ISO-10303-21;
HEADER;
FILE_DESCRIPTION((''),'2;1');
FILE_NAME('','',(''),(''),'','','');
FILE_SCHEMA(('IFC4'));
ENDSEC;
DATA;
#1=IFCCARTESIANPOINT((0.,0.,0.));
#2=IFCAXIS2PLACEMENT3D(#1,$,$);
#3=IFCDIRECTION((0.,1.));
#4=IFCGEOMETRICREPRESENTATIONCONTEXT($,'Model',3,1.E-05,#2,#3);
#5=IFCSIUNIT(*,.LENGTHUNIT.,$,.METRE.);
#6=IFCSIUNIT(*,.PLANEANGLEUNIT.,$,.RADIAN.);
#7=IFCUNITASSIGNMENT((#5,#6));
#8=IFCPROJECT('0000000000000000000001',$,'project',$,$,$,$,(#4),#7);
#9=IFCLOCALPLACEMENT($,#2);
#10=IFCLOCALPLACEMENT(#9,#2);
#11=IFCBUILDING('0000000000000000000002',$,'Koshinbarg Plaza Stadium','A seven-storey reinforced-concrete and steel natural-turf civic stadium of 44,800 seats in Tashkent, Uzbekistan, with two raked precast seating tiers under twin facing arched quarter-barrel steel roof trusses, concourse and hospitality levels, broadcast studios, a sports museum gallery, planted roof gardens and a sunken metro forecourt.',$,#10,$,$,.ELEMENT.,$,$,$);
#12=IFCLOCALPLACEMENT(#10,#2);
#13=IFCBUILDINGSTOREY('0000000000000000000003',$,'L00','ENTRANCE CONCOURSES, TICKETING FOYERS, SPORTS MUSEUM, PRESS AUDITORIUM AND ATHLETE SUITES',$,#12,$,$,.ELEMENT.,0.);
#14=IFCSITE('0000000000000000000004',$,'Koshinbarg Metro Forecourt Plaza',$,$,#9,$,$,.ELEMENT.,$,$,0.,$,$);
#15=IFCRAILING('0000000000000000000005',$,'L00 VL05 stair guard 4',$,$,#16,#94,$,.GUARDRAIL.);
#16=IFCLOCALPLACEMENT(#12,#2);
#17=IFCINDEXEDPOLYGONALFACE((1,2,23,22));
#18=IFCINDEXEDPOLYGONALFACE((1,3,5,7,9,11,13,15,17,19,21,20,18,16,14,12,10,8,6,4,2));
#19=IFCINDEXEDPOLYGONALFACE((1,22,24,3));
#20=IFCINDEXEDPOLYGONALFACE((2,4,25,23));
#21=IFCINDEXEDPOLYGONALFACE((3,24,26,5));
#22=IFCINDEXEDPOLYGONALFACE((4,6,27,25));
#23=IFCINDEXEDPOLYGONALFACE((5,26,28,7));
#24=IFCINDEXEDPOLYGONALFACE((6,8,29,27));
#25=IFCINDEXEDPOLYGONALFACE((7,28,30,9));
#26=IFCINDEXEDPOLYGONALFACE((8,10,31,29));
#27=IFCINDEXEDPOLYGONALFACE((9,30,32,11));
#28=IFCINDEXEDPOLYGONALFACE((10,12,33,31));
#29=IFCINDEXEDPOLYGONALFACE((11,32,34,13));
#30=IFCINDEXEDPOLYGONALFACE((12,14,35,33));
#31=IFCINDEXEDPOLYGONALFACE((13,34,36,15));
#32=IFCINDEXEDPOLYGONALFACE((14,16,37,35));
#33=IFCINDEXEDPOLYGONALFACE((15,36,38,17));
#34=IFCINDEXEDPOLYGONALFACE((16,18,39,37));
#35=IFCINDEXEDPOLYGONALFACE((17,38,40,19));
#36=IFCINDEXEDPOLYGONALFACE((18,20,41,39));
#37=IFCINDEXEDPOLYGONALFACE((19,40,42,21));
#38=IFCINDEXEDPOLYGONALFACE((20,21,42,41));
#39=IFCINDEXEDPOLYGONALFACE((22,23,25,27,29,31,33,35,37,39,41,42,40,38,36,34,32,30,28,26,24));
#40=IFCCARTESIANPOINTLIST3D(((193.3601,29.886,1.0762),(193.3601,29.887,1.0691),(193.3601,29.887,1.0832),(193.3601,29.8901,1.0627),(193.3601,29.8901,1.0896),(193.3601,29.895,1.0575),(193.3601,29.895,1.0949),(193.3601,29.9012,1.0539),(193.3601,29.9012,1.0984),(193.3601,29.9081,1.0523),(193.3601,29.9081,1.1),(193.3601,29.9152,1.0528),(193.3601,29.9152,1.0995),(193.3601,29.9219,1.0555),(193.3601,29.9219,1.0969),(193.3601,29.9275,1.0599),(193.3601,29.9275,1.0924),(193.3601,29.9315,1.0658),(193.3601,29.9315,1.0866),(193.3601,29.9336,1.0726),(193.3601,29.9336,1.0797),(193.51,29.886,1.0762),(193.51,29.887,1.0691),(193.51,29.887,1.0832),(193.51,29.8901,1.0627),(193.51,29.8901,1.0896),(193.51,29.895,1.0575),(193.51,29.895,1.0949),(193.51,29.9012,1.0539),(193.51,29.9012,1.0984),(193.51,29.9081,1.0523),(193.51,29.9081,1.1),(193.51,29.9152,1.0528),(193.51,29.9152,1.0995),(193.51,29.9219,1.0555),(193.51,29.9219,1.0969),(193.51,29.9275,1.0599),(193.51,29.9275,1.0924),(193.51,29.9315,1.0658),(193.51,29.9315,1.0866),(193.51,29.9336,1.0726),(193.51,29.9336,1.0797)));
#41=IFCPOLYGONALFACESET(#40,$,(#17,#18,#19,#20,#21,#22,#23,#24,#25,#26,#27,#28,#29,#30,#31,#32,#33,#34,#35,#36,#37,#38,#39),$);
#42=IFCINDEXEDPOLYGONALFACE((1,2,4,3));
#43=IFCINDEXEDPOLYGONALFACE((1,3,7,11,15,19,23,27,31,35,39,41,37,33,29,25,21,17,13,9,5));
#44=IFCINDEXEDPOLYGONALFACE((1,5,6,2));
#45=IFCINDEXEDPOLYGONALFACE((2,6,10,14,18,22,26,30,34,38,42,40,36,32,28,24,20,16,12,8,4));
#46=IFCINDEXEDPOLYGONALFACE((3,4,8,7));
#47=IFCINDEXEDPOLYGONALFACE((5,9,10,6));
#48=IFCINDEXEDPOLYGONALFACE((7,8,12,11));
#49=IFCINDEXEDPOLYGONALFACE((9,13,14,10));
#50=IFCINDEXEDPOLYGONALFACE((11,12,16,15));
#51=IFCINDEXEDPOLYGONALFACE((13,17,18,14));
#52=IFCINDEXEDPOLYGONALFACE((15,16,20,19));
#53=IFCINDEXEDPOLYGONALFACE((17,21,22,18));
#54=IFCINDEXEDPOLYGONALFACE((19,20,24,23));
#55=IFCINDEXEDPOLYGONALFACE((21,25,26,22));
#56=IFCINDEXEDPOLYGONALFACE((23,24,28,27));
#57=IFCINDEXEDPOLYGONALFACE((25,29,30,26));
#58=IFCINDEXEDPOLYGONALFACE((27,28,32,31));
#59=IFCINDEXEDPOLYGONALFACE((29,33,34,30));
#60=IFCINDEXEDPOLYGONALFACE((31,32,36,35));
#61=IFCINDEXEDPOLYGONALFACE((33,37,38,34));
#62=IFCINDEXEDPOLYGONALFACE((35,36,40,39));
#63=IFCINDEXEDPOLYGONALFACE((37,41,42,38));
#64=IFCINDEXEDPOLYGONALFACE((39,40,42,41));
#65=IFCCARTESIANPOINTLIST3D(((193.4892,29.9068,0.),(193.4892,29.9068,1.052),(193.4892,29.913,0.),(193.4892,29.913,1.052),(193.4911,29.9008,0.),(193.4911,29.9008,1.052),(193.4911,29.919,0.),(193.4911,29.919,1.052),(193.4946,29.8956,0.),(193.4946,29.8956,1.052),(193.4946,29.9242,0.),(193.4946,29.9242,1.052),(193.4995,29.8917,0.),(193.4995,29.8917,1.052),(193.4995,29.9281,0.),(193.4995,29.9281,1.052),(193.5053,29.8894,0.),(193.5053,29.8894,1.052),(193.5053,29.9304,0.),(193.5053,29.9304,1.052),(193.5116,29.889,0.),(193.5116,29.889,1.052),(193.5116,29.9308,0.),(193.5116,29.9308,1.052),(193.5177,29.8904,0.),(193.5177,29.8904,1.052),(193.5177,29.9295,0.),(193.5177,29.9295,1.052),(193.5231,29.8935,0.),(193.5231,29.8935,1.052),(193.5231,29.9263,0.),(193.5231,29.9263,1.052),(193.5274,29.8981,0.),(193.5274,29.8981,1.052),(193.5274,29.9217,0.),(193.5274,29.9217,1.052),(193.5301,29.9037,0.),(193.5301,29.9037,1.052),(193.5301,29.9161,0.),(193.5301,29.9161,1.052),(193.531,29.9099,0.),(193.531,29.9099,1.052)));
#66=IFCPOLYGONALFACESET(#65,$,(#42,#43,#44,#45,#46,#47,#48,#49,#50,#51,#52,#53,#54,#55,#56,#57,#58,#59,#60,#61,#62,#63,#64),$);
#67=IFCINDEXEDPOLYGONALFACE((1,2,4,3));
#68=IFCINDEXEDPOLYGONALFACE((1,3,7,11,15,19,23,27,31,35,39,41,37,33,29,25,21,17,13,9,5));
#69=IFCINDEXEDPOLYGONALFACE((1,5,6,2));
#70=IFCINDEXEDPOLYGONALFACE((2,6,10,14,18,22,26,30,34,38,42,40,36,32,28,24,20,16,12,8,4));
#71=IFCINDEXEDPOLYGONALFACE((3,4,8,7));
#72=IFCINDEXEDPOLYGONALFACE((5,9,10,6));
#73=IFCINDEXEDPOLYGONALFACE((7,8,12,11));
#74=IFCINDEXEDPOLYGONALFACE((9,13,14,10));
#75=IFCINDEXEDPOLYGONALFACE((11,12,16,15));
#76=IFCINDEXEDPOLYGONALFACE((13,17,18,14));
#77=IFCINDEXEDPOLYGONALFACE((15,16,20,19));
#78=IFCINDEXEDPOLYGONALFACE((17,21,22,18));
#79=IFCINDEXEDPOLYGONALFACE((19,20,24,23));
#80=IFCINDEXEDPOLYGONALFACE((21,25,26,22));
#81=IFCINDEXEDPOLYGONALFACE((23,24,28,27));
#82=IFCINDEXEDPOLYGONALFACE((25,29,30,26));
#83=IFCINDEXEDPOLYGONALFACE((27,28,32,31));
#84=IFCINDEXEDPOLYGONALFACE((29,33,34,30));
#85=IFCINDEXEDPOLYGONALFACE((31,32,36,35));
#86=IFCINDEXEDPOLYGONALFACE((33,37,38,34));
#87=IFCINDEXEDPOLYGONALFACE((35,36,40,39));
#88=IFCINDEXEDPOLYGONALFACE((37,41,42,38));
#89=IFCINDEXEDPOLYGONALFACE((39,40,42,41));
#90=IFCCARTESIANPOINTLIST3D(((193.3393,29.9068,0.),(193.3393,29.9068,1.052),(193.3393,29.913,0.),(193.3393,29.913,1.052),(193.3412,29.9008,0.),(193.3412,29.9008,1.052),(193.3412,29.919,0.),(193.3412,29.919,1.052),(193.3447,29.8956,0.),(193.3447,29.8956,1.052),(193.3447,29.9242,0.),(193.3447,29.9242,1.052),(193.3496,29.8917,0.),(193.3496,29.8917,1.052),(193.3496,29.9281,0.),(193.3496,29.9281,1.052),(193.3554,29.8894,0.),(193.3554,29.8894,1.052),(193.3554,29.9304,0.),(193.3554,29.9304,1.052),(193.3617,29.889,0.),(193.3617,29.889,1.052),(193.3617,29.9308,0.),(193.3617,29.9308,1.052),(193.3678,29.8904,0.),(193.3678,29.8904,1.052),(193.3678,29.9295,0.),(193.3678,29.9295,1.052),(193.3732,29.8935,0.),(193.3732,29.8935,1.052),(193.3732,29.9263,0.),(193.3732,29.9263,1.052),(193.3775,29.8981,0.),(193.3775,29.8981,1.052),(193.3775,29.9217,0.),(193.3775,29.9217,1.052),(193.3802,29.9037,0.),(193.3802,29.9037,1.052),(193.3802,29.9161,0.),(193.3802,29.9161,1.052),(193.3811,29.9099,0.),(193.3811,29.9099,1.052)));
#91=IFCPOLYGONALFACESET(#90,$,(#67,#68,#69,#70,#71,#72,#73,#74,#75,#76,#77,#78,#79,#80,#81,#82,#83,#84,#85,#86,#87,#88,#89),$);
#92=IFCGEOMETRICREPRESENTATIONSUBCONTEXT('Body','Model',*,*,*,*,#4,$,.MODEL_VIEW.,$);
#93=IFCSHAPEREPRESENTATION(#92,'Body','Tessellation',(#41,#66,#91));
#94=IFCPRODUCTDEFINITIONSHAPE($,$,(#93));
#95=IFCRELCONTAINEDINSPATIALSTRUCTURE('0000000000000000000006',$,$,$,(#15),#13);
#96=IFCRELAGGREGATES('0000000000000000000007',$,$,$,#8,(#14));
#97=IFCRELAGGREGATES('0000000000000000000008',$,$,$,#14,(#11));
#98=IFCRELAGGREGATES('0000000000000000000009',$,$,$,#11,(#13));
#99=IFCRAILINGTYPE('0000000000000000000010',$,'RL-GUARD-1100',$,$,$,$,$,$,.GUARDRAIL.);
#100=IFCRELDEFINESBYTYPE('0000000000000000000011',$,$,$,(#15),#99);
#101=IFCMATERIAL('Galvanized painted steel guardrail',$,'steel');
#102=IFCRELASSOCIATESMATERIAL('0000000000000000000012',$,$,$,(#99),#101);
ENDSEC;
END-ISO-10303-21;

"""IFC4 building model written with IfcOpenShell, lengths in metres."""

from ifc_helpers import new_model, si_unit, direction, frame, origin, origin_2d, place, context, subcontext, project, spatial, circle, extrude, material, type_object, element, save


model = new_model("IFC4")

# Units and contexts
model_context = context("Model", 3, precision=1e-05, world=origin(), true_north=direction((0.0, 1.0)))
body_context = subcontext(model_context, "Body", "Model", "MODEL_VIEW")
ifc_project = project(units=[si_unit("LENGTHUNIT", "METRE"), si_unit("PLANEANGLEUNIT", "RADIAN")], contexts=[model_context])

# Site, building, storey
site_placement = place(None, origin())
site = spatial("IfcSite", under=ifc_project, at=site_placement, Name="Koshinbarg Metro Forecourt Plaza", CompositionType="ELEMENT", RefElevation=0.0)
building_placement = place(site_placement, origin())
building = spatial("IfcBuilding", under=site, at=building_placement, Name="Koshinbarg Plaza Stadium", Description="A seven-storey reinforced-concrete and steel natural-turf civic stadium of 44,800 seats in Tashkent, Uzbekistan, with two raked precast seating tiers under twin facing arched quarter-barrel steel roof trusses, concourse and hospitality levels, broadcast studios, a sports museum gallery, planted roof gardens and a sunken metro forecourt.", CompositionType="ELEMENT")
storey_placement = place(building_placement, origin())
storey = spatial("IfcBuildingStorey", under=building, at=storey_placement, Name="L00", Description="ENTRANCE CONCOURSES, TICKETING FOYERS, SPORTS MUSEUM, PRESS AUDITORIUM AND ATHLETE SUITES", CompositionType="ELEMENT", Elevation=0.0)

# Railing
ifc_material_1 = material(Name="Galvanized painted steel guardrail", Category="steel")
railing_type_1 = type_object("IfcRailingType", Name="RL-GUARD-1100", PredefinedType="GUARDRAIL", material=ifc_material_1)
railing_1_placement = place(storey_placement, frame((193.51, 29.9099, 0.0)))
element("IfcRailing", 1, at=railing_1_placement, inside=storey, type_object=railing_type_1, Name="L00 VL05 stair guard 4", PredefinedType="GUARDRAIL", context=body_context, shape_type="SweptSolid", body=[
    extrude(circle(Radius=0.0239, at=origin_2d()), frame((0.0, 0.0, 1.0762), z_axis=(-1.0, 0.0, 0.0), x_axis=(0.0, -1.0, 0.0)), (0.0, 0.0, 1.0), 0.1499),
    extrude(circle(Radius=0.021, at=origin_2d()), origin(), (0.0, 0.0, 1.0), 1.052),
    extrude(circle(Radius=0.021, at=origin_2d()), frame((-0.1499, 0.0, 0.0)), (0.0, 0.0, 1.0), 1.052),
])

save(model, "model.ifc")
